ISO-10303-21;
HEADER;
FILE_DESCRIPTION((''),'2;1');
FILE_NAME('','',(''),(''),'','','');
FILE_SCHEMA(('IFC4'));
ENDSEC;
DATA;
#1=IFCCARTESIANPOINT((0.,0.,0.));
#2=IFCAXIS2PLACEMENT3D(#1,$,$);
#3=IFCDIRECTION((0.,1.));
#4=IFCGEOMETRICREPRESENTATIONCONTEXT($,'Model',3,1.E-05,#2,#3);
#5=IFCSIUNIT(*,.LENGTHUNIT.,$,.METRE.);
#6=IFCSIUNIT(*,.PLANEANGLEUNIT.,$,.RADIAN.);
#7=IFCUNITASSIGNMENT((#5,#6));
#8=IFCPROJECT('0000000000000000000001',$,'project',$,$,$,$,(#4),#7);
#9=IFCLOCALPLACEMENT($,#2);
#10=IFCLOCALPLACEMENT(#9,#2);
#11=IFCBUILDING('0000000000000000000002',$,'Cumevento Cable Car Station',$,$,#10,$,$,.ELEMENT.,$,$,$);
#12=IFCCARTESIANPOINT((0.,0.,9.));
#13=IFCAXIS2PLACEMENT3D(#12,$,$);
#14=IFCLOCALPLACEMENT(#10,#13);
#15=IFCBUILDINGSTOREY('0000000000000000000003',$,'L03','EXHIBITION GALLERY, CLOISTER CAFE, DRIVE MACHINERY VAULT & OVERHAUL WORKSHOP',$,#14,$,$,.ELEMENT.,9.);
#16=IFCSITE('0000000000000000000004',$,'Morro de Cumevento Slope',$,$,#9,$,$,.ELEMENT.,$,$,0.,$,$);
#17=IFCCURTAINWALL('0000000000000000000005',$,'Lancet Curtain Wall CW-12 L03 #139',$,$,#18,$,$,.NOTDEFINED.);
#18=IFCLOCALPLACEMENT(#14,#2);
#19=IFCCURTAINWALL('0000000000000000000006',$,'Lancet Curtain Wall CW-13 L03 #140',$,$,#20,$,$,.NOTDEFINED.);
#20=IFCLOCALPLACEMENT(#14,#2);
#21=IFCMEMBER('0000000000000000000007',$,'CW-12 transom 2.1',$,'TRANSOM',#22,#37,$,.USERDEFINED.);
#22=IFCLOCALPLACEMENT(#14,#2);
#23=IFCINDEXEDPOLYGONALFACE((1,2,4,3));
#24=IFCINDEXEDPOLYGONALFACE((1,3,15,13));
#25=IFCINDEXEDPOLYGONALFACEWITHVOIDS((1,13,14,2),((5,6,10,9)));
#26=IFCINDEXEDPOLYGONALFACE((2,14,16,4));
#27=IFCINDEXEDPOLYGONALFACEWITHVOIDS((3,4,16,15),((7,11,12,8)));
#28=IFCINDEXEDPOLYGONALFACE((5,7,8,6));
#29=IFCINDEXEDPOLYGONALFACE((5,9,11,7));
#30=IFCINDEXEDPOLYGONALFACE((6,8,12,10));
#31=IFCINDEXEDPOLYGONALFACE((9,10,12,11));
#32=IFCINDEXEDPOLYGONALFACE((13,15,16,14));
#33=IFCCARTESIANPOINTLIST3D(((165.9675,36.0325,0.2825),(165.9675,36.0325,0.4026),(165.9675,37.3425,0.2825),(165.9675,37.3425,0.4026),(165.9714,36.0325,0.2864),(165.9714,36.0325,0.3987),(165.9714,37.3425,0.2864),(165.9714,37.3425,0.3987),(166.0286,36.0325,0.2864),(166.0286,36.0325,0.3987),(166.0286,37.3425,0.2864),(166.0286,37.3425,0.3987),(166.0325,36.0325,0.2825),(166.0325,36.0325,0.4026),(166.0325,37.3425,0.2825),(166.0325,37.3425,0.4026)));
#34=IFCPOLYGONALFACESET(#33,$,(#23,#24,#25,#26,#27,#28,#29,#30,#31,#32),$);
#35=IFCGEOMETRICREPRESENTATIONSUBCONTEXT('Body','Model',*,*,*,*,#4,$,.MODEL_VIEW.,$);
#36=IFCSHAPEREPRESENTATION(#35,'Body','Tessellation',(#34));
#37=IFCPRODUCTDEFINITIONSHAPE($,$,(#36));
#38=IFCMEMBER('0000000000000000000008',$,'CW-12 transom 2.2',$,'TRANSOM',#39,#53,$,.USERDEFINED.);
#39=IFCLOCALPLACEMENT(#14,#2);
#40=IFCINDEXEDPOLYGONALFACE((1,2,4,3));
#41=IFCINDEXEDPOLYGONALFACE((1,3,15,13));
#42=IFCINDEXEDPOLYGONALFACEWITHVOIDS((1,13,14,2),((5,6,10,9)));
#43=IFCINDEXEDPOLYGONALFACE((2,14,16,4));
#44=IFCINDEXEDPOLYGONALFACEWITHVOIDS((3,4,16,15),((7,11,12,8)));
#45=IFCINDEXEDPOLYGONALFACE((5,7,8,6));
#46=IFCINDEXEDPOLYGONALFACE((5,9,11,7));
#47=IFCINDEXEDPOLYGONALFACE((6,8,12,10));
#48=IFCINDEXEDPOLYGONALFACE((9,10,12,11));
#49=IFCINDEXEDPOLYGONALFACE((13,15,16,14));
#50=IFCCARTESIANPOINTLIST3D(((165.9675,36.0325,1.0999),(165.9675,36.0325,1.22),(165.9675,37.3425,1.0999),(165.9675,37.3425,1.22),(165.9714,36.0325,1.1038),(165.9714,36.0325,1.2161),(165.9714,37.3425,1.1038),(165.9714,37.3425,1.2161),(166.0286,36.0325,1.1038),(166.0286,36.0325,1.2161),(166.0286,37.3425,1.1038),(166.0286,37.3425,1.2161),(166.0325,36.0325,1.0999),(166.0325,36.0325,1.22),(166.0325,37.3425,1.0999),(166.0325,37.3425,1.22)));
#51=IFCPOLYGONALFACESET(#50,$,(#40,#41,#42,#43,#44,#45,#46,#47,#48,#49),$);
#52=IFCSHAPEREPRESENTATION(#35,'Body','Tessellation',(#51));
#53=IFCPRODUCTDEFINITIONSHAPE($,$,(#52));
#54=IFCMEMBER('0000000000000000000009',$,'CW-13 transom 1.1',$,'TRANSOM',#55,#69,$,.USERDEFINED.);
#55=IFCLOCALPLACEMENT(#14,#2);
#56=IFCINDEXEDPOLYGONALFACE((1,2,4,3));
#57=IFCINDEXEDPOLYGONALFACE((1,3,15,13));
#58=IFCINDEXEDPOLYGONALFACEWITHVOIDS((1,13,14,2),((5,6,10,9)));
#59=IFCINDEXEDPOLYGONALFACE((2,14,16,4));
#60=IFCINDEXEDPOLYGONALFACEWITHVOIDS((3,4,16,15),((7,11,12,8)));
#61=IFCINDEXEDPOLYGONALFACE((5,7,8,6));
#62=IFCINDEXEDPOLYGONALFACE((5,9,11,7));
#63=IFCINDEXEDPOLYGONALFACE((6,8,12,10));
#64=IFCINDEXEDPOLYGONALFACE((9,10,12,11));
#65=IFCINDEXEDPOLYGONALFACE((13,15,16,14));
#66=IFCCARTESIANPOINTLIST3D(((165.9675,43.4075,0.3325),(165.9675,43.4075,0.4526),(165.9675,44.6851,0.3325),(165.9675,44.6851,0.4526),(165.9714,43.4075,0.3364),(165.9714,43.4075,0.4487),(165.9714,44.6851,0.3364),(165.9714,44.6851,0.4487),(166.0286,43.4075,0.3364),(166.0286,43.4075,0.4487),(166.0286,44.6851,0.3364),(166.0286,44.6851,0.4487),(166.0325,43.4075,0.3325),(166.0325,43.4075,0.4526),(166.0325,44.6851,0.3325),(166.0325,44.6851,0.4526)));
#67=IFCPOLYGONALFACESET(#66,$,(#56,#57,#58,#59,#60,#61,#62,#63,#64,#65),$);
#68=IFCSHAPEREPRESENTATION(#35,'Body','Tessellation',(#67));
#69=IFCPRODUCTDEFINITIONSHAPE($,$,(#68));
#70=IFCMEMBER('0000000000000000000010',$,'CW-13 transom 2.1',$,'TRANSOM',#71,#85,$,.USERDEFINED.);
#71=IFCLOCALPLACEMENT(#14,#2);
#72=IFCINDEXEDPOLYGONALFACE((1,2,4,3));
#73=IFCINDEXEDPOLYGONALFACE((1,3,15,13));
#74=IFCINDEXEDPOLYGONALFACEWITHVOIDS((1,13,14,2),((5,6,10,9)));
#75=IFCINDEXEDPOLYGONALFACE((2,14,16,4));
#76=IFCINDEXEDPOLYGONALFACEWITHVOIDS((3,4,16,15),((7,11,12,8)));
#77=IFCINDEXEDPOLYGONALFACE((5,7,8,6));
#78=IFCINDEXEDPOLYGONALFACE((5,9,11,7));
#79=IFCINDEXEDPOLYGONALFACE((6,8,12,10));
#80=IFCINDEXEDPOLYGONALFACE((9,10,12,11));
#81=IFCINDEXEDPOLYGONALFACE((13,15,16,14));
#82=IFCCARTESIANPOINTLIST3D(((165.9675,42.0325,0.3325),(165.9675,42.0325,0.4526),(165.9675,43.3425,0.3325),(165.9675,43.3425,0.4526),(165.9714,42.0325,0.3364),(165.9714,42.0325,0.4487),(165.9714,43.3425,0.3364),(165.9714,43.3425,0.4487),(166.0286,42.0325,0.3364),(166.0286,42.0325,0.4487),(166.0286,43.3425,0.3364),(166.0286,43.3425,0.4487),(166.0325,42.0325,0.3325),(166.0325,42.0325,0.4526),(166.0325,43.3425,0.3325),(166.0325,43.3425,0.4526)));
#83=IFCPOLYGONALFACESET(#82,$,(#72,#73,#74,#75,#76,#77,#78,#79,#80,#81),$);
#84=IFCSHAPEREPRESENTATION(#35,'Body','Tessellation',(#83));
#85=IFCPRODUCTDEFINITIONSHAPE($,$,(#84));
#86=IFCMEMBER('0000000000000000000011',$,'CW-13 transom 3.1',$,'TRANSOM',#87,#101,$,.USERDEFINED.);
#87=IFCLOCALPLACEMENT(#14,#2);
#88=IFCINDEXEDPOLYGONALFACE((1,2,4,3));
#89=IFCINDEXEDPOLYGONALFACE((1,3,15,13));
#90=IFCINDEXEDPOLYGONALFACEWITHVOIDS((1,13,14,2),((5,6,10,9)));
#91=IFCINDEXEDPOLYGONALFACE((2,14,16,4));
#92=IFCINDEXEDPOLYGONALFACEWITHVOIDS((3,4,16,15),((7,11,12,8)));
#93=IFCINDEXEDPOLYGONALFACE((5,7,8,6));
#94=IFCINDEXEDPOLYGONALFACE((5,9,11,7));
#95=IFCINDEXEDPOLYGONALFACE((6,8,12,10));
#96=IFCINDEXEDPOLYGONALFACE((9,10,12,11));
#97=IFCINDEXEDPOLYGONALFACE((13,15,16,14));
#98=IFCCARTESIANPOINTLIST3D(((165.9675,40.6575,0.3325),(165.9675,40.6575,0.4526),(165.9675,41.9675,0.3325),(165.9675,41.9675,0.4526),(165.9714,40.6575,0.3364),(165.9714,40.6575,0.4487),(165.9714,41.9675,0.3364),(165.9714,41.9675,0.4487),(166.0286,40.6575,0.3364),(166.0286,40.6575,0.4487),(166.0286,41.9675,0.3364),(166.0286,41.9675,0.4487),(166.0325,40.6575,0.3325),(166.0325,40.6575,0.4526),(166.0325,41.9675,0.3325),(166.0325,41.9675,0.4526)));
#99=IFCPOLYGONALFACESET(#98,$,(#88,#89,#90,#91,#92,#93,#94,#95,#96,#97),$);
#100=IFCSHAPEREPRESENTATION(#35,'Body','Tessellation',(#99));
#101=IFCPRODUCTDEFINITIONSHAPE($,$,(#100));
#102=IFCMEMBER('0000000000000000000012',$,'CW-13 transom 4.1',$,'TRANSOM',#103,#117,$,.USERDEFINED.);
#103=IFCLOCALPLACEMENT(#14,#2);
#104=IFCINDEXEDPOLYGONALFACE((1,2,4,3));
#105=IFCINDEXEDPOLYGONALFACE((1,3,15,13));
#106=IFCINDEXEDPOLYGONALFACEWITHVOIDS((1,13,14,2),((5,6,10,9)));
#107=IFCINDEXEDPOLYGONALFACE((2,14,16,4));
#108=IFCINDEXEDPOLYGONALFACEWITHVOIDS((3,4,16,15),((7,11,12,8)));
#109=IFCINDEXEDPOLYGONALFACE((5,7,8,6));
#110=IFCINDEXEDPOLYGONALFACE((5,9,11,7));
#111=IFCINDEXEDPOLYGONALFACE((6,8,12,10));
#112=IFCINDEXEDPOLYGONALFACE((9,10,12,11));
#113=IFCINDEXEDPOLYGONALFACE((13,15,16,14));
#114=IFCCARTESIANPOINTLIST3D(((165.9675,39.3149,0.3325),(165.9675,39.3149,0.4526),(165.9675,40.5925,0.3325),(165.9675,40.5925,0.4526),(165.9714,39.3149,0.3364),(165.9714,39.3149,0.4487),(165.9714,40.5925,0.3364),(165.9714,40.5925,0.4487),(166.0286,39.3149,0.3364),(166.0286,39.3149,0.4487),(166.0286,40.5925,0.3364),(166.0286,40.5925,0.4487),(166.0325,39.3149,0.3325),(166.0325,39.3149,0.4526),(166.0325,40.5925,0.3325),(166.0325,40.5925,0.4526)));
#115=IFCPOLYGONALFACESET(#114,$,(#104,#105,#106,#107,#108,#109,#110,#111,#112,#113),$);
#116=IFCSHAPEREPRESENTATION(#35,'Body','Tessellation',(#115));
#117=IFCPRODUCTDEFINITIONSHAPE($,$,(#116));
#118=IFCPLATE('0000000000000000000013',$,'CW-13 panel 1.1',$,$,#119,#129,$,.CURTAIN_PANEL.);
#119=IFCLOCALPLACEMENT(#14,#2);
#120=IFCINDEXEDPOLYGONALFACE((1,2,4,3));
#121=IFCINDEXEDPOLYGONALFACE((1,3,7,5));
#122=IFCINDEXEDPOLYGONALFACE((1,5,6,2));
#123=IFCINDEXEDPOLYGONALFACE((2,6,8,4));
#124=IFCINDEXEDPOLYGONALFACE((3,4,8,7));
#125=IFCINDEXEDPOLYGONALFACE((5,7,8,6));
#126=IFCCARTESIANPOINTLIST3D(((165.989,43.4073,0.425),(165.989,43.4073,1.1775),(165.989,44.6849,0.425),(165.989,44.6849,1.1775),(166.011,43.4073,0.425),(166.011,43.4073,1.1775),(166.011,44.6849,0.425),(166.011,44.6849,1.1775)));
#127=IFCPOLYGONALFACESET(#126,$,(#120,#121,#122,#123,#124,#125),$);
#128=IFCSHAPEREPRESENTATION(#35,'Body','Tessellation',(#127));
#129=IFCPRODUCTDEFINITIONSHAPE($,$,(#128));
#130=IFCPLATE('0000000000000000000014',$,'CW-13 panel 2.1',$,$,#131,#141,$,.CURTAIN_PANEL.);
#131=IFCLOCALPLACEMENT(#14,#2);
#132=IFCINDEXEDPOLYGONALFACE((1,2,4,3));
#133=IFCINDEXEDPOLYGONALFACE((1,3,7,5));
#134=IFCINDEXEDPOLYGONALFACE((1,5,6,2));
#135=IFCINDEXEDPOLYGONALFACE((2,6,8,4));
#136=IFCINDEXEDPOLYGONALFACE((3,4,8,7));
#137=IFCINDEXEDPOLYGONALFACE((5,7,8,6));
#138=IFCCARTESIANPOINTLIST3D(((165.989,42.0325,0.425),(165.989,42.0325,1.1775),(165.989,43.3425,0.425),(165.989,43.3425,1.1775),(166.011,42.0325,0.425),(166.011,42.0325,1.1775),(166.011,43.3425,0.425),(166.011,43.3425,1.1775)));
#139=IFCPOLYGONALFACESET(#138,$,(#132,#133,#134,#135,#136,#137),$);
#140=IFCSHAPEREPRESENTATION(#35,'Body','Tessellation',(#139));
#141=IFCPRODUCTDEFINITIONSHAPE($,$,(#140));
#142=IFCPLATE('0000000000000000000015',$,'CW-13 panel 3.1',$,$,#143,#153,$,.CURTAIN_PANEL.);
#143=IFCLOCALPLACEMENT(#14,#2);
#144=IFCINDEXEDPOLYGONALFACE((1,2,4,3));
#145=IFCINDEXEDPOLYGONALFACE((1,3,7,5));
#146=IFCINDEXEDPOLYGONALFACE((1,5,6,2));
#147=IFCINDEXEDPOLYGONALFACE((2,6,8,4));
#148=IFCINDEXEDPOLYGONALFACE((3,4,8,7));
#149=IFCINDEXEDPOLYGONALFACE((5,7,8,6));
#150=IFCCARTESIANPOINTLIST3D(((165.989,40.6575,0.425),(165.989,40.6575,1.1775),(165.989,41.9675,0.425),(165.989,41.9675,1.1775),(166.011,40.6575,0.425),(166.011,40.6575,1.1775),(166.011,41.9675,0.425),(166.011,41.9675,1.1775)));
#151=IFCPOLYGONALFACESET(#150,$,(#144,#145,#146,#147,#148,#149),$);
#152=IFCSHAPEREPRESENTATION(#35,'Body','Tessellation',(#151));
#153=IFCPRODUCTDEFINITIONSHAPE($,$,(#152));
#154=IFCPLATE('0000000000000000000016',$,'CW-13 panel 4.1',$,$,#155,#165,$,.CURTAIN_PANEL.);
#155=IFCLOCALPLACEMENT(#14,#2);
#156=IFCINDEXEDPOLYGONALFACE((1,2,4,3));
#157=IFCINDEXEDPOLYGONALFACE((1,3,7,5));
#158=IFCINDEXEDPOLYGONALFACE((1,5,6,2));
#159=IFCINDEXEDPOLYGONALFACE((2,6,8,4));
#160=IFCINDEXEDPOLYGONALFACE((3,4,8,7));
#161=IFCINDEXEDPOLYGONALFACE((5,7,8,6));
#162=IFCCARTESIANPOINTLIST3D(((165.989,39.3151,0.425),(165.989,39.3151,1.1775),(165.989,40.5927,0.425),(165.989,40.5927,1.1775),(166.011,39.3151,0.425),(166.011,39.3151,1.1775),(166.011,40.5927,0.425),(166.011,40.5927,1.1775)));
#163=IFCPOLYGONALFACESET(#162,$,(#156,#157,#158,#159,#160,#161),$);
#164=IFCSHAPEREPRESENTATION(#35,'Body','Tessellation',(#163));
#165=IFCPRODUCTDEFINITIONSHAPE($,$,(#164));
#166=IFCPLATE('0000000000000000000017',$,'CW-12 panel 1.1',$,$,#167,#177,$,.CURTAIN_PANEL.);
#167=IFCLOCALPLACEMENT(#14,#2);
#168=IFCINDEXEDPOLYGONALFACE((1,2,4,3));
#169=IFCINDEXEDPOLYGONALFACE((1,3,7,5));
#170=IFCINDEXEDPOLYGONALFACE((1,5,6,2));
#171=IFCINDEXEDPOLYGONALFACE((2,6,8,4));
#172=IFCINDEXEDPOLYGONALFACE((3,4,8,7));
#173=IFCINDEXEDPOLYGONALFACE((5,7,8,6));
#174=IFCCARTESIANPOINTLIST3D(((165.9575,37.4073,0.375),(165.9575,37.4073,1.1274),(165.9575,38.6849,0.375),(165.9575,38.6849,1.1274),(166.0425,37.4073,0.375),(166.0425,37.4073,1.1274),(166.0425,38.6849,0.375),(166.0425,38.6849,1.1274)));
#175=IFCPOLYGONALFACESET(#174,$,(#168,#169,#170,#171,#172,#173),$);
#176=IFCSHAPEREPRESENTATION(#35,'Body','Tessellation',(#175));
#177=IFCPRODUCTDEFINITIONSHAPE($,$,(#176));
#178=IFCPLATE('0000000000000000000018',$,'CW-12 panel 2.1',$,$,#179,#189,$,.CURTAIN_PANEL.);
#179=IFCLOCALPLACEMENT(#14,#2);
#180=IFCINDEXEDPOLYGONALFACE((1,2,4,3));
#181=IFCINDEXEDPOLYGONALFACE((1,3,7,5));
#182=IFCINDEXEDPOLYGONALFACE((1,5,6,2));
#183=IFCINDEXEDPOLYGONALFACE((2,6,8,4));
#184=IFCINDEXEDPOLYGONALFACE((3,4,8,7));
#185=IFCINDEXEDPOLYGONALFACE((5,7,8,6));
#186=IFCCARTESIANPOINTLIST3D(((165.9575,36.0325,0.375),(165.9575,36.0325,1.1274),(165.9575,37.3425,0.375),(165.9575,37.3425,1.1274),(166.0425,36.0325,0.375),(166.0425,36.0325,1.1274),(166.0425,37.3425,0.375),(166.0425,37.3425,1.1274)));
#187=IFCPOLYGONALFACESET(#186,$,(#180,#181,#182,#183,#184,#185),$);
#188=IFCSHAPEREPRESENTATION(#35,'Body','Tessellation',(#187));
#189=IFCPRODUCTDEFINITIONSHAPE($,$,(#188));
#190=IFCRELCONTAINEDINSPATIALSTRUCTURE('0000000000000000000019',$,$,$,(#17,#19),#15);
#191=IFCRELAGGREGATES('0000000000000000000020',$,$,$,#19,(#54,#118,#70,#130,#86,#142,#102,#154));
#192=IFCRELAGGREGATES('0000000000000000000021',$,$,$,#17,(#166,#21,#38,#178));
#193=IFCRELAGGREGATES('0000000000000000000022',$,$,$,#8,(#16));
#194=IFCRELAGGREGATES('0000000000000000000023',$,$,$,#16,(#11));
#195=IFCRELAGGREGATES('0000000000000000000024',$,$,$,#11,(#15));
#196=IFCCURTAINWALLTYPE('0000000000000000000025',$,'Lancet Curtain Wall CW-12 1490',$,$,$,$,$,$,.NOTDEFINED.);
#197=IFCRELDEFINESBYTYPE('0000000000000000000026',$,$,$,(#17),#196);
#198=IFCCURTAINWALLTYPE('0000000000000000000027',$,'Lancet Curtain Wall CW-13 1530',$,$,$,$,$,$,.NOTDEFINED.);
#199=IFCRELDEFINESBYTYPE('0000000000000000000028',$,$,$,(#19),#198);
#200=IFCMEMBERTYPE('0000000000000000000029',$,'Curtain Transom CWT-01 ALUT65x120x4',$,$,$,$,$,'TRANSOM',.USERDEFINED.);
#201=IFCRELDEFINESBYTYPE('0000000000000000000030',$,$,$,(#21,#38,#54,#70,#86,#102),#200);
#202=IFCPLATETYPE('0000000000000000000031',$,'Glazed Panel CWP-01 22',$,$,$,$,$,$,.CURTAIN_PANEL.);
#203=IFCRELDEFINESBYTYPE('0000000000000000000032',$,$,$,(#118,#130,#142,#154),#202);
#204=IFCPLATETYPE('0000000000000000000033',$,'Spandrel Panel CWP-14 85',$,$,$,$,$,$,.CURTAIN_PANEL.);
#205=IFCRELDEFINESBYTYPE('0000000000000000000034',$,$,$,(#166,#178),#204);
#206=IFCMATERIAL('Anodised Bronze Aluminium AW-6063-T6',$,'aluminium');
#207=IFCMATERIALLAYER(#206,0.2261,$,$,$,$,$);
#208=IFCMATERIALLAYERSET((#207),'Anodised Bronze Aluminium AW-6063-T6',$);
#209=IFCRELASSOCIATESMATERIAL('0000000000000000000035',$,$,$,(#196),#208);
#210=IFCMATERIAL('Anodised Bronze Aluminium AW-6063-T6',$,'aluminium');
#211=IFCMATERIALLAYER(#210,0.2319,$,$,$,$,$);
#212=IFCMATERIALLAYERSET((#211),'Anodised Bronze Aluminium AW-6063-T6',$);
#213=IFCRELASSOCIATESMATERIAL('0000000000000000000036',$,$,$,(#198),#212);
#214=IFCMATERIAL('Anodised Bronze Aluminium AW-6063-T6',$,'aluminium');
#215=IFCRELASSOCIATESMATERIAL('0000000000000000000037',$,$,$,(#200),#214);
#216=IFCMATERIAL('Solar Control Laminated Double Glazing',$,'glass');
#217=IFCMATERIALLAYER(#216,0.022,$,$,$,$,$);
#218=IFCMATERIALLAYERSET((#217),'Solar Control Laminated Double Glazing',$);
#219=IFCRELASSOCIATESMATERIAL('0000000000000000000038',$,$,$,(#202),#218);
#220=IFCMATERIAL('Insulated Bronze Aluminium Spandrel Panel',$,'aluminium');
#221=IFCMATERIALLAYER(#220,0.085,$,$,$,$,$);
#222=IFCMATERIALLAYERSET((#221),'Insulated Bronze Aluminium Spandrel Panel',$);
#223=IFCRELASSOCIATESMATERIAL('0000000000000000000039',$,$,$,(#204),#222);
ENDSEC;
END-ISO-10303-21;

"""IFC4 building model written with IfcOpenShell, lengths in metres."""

from ifc_helpers import new_model, si_unit, direction, frame, origin, origin_2d, place, context, subcontext, project, spatial, rectangle, hollow_rectangle, extrude, material, layer, layer_set, material_profile, profile_set, type_object, element, aggregate, save


model = new_model("IFC4")

# Units and contexts
model_context = context("Model", 3, precision=1e-05, world=origin(), true_north=direction((0.0, 1.0)))
body_context = subcontext(model_context, "Body", "Model", "MODEL_VIEW")
ifc_project = project(units=[si_unit("LENGTHUNIT", "METRE"), si_unit("PLANEANGLEUNIT", "RADIAN")], contexts=[model_context])

# Site, building, storey
site_placement = place(None, origin())
site = spatial("IfcSite", under=ifc_project, at=site_placement, Name="Morro de Cumevento Slope", CompositionType="ELEMENT", RefElevation=0.0)
building_placement = place(site_placement, origin())
building = spatial("IfcBuilding", under=site, at=building_placement, Name="Cumevento Cable Car Station", CompositionType="ELEMENT")
storey_placement = place(building_placement, frame((0.0, 0.0, 9.0)))
storey = spatial("IfcBuildingStorey", under=building, at=storey_placement, Name="L03", Description="EXHIBITION GALLERY, CLOISTER CAFE, DRIVE MACHINERY VAULT & OVERHAUL WORKSHOP", CompositionType="ELEMENT", Elevation=9.0)

# Curtain walls
ifc_material_1 = material(Name="Anodised Bronze Aluminium AW-6063-T6", Category="aluminium")
ifc_layer_1 = layer(ifc_material_1, 0.2261)
ifc_layer_set_1 = layer_set([ifc_layer_1], Name="Anodised Bronze Aluminium AW-6063-T6")
curtain_wall_type_1 = type_object("IfcCurtainWallType", Name="Lancet Curtain Wall CW-12 1490", PredefinedType="NOTDEFINED", material=ifc_layer_set_1)
curtain_wall_1_placement = place(storey_placement, origin())
curtain_wall_1 = element("IfcCurtainWall", 1, at=curtain_wall_1_placement, inside=storey, type_object=curtain_wall_type_1, Name="Lancet Curtain Wall CW-12 L03 #139", PredefinedType="NOTDEFINED")
ifc_material_2 = material(Name="Anodised Bronze Aluminium AW-6063-T6", Category="aluminium")
ifc_layer_2 = layer(ifc_material_2, 0.2319)
ifc_layer_set_2 = layer_set([ifc_layer_2], Name="Anodised Bronze Aluminium AW-6063-T6")
curtain_wall_type_2 = type_object("IfcCurtainWallType", Name="Lancet Curtain Wall CW-13 1530", PredefinedType="NOTDEFINED", material=ifc_layer_set_2)
curtain_wall_2_placement = place(storey_placement, origin())
curtain_wall_2 = element("IfcCurtainWall", 2, at=curtain_wall_2_placement, inside=storey, type_object=curtain_wall_type_2, Name="Lancet Curtain Wall CW-13 L03 #140", PredefinedType="NOTDEFINED")

# Members
ifc_material_3 = material(Name="Anodised Bronze Aluminium AW-6063-T6", Category="aluminium")
ifc_material_profile_1 = material_profile(ifc_material_3, hollow_rectangle(XDim=0.0649, YDim=0.1201, WallThickness=0.0039, at=origin_2d()), Name="ALUT65x120x4")
ifc_profile_set_1 = profile_set([ifc_material_profile_1], Name="Anodised Bronze Aluminium AW-6063-T6")
member_type_1 = type_object("IfcMemberType", Name="Curtain Transom CWT-01 ALUT65x120x4", ElementType="TRANSOM", PredefinedType="USERDEFINED", material=ifc_profile_set_1)
member_1_placement = place(storey_placement, frame((166.0, 37.3425, 0.3425), z_axis=(0.0, -1.0, 0.0), x_axis=(1.0, 0.0, 0.0)))
member_1 = element("IfcMember", 3, at=member_1_placement, type_object=member_type_1, Name="CW-12 transom 2.1", ObjectType="TRANSOM", PredefinedType="USERDEFINED", context=body_context, shape_type="SweptSolid", body=[
    extrude(hollow_rectangle(XDim=0.0649, YDim=0.1201, WallThickness=0.0039, at=origin_2d()), origin(), (0.0, 0.0, 1.0), 1.3101),
])
member_2_placement = place(storey_placement, frame((166.0, 37.3425, 1.1599), z_axis=(0.0, -1.0, 0.0), x_axis=(1.0, 0.0, 0.0)))
member_2 = element("IfcMember", 4, at=member_2_placement, type_object=member_type_1, Name="CW-12 transom 2.2", ObjectType="TRANSOM", PredefinedType="USERDEFINED", context=body_context, shape_type="SweptSolid", body=[
    extrude(hollow_rectangle(XDim=0.0649, YDim=0.1201, WallThickness=0.0039, at=origin_2d()), origin(), (0.0, 0.0, 1.0), 1.3101),
])
member_3_placement = place(storey_placement, frame((166.0, 44.6851, 0.3926), z_axis=(0.0, -1.0, 0.0), x_axis=(1.0, 0.0, 0.0)))
member_3 = element("IfcMember", 5, at=member_3_placement, type_object=member_type_1, Name="CW-13 transom 1.1", ObjectType="TRANSOM", PredefinedType="USERDEFINED", context=body_context, shape_type="SweptSolid", body=[
    extrude(hollow_rectangle(XDim=0.0649, YDim=0.1201, WallThickness=0.0039, at=origin_2d()), origin(), (0.0, 0.0, 1.0), 1.2776),
])
member_4_placement = place(storey_placement, frame((166.0, 43.3425, 0.3926), z_axis=(0.0, -1.0, 0.0), x_axis=(1.0, 0.0, 0.0)))
member_4 = element("IfcMember", 6, at=member_4_placement, type_object=member_type_1, Name="CW-13 transom 2.1", ObjectType="TRANSOM", PredefinedType="USERDEFINED", context=body_context, shape_type="SweptSolid", body=[
    extrude(hollow_rectangle(XDim=0.0649, YDim=0.1201, WallThickness=0.0039, at=origin_2d()), origin(), (0.0, 0.0, 1.0), 1.3101),
])
member_5_placement = place(storey_placement, frame((166.0, 41.9675, 0.3926), z_axis=(0.0, -1.0, 0.0), x_axis=(1.0, 0.0, 0.0)))
member_5 = element("IfcMember", 7, at=member_5_placement, type_object=member_type_1, Name="CW-13 transom 3.1", ObjectType="TRANSOM", PredefinedType="USERDEFINED", context=body_context, shape_type="SweptSolid", body=[
    extrude(hollow_rectangle(XDim=0.0649, YDim=0.1201, WallThickness=0.0039, at=origin_2d()), origin(), (0.0, 0.0, 1.0), 1.3101),
])
member_6_placement = place(storey_placement, frame((166.0, 40.5925, 0.3926), z_axis=(0.0, -1.0, 0.0), x_axis=(1.0, 0.0, 0.0)))
member_6 = element("IfcMember", 8, at=member_6_placement, type_object=member_type_1, Name="CW-13 transom 4.1", ObjectType="TRANSOM", PredefinedType="USERDEFINED", context=body_context, shape_type="SweptSolid", body=[
    extrude(hollow_rectangle(XDim=0.0649, YDim=0.1201, WallThickness=0.0039, at=origin_2d()), origin(), (0.0, 0.0, 1.0), 1.2776),
])

# Plates
ifc_material_4 = material(Name="Solar Control Laminated Double Glazing", Category="glass")
ifc_layer_3 = layer(ifc_material_4, 0.022)
ifc_layer_set_3 = layer_set([ifc_layer_3], Name="Solar Control Laminated Double Glazing")
plate_type_1 = type_object("IfcPlateType", Name="Glazed Panel CWP-01 22", PredefinedType="CURTAIN_PANEL", material=ifc_layer_set_3)
plate_1_placement = place(storey_placement, frame((166.0, 44.0461, 0.425), z_axis=(0.0, 0.0, 1.0), x_axis=(0.0, -1.0, 0.0)))
plate_1 = element("IfcPlate", 9, at=plate_1_placement, type_object=plate_type_1, Name="CW-13 panel 1.1", PredefinedType="CURTAIN_PANEL", context=body_context, shape_type="SweptSolid", body=[
    extrude(rectangle(XDim=1.2776, YDim=0.022, at=origin_2d()), origin(), (0.0, 0.0, 1.0), 0.7524),
])
plate_2_placement = place(storey_placement, frame((166.0, 42.6875, 0.425), z_axis=(0.0, 0.0, 1.0), x_axis=(0.0, -1.0, 0.0)))
plate_2 = element("IfcPlate", 10, at=plate_2_placement, type_object=plate_type_1, Name="CW-13 panel 2.1", PredefinedType="CURTAIN_PANEL", context=body_context, shape_type="SweptSolid", body=[
    extrude(rectangle(XDim=1.3101, YDim=0.022, at=origin_2d()), origin(), (0.0, 0.0, 1.0), 0.7524),
])
plate_3_placement = place(storey_placement, frame((166.0, 41.3125, 0.425), z_axis=(0.0, 0.0, 1.0), x_axis=(0.0, -1.0, 0.0)))
plate_3 = element("IfcPlate", 11, at=plate_3_placement, type_object=plate_type_1, Name="CW-13 panel 3.1", PredefinedType="CURTAIN_PANEL", context=body_context, shape_type="SweptSolid", body=[
    extrude(rectangle(XDim=1.3101, YDim=0.022, at=origin_2d()), origin(), (0.0, 0.0, 1.0), 0.7524),
])
plate_4_placement = place(storey_placement, frame((166.0, 39.9539, 0.425), z_axis=(0.0, 0.0, 1.0), x_axis=(0.0, -1.0, 0.0)))
plate_4 = element("IfcPlate", 12, at=plate_4_placement, type_object=plate_type_1, Name="CW-13 panel 4.1", PredefinedType="CURTAIN_PANEL", context=body_context, shape_type="SweptSolid", body=[
    extrude(rectangle(XDim=1.2776, YDim=0.022, at=origin_2d()), origin(), (0.0, 0.0, 1.0), 0.7524),
])
aggregate(curtain_wall_2, [member_3, plate_1, member_4, plate_2, member_5, plate_3, member_6, plate_4])
ifc_material_5 = material(Name="Insulated Bronze Aluminium Spandrel Panel", Category="aluminium")
ifc_layer_4 = layer(ifc_material_5, 0.085)
ifc_layer_set_4 = layer_set([ifc_layer_4], Name="Insulated Bronze Aluminium Spandrel Panel")
plate_type_2 = type_object("IfcPlateType", Name="Spandrel Panel CWP-14 85", PredefinedType="CURTAIN_PANEL", material=ifc_layer_set_4)
plate_5_placement = place(storey_placement, frame((166.0, 38.0461, 0.375), z_axis=(0.0, 0.0, 1.0), x_axis=(0.0, -1.0, 0.0)))
plate_5 = element("IfcPlate", 13, at=plate_5_placement, type_object=plate_type_2, Name="CW-12 panel 1.1", PredefinedType="CURTAIN_PANEL", context=body_context, shape_type="SweptSolid", body=[
    extrude(rectangle(XDim=1.2776, YDim=0.085, at=origin_2d()), origin(), (0.0, 0.0, 1.0), 0.7524),
])
plate_6_placement = place(storey_placement, frame((166.0, 36.6875, 0.375), z_axis=(0.0, 0.0, 1.0), x_axis=(0.0, -1.0, 0.0)))
plate_6 = element("IfcPlate", 14, at=plate_6_placement, type_object=plate_type_2, Name="CW-12 panel 2.1", PredefinedType="CURTAIN_PANEL", context=body_context, shape_type="SweptSolid", body=[
    extrude(rectangle(XDim=1.3101, YDim=0.085, at=origin_2d()), origin(), (0.0, 0.0, 1.0), 0.7524),
])
aggregate(curtain_wall_1, [plate_5, member_1, member_2, plate_6])

save(model, "model.ifc")
